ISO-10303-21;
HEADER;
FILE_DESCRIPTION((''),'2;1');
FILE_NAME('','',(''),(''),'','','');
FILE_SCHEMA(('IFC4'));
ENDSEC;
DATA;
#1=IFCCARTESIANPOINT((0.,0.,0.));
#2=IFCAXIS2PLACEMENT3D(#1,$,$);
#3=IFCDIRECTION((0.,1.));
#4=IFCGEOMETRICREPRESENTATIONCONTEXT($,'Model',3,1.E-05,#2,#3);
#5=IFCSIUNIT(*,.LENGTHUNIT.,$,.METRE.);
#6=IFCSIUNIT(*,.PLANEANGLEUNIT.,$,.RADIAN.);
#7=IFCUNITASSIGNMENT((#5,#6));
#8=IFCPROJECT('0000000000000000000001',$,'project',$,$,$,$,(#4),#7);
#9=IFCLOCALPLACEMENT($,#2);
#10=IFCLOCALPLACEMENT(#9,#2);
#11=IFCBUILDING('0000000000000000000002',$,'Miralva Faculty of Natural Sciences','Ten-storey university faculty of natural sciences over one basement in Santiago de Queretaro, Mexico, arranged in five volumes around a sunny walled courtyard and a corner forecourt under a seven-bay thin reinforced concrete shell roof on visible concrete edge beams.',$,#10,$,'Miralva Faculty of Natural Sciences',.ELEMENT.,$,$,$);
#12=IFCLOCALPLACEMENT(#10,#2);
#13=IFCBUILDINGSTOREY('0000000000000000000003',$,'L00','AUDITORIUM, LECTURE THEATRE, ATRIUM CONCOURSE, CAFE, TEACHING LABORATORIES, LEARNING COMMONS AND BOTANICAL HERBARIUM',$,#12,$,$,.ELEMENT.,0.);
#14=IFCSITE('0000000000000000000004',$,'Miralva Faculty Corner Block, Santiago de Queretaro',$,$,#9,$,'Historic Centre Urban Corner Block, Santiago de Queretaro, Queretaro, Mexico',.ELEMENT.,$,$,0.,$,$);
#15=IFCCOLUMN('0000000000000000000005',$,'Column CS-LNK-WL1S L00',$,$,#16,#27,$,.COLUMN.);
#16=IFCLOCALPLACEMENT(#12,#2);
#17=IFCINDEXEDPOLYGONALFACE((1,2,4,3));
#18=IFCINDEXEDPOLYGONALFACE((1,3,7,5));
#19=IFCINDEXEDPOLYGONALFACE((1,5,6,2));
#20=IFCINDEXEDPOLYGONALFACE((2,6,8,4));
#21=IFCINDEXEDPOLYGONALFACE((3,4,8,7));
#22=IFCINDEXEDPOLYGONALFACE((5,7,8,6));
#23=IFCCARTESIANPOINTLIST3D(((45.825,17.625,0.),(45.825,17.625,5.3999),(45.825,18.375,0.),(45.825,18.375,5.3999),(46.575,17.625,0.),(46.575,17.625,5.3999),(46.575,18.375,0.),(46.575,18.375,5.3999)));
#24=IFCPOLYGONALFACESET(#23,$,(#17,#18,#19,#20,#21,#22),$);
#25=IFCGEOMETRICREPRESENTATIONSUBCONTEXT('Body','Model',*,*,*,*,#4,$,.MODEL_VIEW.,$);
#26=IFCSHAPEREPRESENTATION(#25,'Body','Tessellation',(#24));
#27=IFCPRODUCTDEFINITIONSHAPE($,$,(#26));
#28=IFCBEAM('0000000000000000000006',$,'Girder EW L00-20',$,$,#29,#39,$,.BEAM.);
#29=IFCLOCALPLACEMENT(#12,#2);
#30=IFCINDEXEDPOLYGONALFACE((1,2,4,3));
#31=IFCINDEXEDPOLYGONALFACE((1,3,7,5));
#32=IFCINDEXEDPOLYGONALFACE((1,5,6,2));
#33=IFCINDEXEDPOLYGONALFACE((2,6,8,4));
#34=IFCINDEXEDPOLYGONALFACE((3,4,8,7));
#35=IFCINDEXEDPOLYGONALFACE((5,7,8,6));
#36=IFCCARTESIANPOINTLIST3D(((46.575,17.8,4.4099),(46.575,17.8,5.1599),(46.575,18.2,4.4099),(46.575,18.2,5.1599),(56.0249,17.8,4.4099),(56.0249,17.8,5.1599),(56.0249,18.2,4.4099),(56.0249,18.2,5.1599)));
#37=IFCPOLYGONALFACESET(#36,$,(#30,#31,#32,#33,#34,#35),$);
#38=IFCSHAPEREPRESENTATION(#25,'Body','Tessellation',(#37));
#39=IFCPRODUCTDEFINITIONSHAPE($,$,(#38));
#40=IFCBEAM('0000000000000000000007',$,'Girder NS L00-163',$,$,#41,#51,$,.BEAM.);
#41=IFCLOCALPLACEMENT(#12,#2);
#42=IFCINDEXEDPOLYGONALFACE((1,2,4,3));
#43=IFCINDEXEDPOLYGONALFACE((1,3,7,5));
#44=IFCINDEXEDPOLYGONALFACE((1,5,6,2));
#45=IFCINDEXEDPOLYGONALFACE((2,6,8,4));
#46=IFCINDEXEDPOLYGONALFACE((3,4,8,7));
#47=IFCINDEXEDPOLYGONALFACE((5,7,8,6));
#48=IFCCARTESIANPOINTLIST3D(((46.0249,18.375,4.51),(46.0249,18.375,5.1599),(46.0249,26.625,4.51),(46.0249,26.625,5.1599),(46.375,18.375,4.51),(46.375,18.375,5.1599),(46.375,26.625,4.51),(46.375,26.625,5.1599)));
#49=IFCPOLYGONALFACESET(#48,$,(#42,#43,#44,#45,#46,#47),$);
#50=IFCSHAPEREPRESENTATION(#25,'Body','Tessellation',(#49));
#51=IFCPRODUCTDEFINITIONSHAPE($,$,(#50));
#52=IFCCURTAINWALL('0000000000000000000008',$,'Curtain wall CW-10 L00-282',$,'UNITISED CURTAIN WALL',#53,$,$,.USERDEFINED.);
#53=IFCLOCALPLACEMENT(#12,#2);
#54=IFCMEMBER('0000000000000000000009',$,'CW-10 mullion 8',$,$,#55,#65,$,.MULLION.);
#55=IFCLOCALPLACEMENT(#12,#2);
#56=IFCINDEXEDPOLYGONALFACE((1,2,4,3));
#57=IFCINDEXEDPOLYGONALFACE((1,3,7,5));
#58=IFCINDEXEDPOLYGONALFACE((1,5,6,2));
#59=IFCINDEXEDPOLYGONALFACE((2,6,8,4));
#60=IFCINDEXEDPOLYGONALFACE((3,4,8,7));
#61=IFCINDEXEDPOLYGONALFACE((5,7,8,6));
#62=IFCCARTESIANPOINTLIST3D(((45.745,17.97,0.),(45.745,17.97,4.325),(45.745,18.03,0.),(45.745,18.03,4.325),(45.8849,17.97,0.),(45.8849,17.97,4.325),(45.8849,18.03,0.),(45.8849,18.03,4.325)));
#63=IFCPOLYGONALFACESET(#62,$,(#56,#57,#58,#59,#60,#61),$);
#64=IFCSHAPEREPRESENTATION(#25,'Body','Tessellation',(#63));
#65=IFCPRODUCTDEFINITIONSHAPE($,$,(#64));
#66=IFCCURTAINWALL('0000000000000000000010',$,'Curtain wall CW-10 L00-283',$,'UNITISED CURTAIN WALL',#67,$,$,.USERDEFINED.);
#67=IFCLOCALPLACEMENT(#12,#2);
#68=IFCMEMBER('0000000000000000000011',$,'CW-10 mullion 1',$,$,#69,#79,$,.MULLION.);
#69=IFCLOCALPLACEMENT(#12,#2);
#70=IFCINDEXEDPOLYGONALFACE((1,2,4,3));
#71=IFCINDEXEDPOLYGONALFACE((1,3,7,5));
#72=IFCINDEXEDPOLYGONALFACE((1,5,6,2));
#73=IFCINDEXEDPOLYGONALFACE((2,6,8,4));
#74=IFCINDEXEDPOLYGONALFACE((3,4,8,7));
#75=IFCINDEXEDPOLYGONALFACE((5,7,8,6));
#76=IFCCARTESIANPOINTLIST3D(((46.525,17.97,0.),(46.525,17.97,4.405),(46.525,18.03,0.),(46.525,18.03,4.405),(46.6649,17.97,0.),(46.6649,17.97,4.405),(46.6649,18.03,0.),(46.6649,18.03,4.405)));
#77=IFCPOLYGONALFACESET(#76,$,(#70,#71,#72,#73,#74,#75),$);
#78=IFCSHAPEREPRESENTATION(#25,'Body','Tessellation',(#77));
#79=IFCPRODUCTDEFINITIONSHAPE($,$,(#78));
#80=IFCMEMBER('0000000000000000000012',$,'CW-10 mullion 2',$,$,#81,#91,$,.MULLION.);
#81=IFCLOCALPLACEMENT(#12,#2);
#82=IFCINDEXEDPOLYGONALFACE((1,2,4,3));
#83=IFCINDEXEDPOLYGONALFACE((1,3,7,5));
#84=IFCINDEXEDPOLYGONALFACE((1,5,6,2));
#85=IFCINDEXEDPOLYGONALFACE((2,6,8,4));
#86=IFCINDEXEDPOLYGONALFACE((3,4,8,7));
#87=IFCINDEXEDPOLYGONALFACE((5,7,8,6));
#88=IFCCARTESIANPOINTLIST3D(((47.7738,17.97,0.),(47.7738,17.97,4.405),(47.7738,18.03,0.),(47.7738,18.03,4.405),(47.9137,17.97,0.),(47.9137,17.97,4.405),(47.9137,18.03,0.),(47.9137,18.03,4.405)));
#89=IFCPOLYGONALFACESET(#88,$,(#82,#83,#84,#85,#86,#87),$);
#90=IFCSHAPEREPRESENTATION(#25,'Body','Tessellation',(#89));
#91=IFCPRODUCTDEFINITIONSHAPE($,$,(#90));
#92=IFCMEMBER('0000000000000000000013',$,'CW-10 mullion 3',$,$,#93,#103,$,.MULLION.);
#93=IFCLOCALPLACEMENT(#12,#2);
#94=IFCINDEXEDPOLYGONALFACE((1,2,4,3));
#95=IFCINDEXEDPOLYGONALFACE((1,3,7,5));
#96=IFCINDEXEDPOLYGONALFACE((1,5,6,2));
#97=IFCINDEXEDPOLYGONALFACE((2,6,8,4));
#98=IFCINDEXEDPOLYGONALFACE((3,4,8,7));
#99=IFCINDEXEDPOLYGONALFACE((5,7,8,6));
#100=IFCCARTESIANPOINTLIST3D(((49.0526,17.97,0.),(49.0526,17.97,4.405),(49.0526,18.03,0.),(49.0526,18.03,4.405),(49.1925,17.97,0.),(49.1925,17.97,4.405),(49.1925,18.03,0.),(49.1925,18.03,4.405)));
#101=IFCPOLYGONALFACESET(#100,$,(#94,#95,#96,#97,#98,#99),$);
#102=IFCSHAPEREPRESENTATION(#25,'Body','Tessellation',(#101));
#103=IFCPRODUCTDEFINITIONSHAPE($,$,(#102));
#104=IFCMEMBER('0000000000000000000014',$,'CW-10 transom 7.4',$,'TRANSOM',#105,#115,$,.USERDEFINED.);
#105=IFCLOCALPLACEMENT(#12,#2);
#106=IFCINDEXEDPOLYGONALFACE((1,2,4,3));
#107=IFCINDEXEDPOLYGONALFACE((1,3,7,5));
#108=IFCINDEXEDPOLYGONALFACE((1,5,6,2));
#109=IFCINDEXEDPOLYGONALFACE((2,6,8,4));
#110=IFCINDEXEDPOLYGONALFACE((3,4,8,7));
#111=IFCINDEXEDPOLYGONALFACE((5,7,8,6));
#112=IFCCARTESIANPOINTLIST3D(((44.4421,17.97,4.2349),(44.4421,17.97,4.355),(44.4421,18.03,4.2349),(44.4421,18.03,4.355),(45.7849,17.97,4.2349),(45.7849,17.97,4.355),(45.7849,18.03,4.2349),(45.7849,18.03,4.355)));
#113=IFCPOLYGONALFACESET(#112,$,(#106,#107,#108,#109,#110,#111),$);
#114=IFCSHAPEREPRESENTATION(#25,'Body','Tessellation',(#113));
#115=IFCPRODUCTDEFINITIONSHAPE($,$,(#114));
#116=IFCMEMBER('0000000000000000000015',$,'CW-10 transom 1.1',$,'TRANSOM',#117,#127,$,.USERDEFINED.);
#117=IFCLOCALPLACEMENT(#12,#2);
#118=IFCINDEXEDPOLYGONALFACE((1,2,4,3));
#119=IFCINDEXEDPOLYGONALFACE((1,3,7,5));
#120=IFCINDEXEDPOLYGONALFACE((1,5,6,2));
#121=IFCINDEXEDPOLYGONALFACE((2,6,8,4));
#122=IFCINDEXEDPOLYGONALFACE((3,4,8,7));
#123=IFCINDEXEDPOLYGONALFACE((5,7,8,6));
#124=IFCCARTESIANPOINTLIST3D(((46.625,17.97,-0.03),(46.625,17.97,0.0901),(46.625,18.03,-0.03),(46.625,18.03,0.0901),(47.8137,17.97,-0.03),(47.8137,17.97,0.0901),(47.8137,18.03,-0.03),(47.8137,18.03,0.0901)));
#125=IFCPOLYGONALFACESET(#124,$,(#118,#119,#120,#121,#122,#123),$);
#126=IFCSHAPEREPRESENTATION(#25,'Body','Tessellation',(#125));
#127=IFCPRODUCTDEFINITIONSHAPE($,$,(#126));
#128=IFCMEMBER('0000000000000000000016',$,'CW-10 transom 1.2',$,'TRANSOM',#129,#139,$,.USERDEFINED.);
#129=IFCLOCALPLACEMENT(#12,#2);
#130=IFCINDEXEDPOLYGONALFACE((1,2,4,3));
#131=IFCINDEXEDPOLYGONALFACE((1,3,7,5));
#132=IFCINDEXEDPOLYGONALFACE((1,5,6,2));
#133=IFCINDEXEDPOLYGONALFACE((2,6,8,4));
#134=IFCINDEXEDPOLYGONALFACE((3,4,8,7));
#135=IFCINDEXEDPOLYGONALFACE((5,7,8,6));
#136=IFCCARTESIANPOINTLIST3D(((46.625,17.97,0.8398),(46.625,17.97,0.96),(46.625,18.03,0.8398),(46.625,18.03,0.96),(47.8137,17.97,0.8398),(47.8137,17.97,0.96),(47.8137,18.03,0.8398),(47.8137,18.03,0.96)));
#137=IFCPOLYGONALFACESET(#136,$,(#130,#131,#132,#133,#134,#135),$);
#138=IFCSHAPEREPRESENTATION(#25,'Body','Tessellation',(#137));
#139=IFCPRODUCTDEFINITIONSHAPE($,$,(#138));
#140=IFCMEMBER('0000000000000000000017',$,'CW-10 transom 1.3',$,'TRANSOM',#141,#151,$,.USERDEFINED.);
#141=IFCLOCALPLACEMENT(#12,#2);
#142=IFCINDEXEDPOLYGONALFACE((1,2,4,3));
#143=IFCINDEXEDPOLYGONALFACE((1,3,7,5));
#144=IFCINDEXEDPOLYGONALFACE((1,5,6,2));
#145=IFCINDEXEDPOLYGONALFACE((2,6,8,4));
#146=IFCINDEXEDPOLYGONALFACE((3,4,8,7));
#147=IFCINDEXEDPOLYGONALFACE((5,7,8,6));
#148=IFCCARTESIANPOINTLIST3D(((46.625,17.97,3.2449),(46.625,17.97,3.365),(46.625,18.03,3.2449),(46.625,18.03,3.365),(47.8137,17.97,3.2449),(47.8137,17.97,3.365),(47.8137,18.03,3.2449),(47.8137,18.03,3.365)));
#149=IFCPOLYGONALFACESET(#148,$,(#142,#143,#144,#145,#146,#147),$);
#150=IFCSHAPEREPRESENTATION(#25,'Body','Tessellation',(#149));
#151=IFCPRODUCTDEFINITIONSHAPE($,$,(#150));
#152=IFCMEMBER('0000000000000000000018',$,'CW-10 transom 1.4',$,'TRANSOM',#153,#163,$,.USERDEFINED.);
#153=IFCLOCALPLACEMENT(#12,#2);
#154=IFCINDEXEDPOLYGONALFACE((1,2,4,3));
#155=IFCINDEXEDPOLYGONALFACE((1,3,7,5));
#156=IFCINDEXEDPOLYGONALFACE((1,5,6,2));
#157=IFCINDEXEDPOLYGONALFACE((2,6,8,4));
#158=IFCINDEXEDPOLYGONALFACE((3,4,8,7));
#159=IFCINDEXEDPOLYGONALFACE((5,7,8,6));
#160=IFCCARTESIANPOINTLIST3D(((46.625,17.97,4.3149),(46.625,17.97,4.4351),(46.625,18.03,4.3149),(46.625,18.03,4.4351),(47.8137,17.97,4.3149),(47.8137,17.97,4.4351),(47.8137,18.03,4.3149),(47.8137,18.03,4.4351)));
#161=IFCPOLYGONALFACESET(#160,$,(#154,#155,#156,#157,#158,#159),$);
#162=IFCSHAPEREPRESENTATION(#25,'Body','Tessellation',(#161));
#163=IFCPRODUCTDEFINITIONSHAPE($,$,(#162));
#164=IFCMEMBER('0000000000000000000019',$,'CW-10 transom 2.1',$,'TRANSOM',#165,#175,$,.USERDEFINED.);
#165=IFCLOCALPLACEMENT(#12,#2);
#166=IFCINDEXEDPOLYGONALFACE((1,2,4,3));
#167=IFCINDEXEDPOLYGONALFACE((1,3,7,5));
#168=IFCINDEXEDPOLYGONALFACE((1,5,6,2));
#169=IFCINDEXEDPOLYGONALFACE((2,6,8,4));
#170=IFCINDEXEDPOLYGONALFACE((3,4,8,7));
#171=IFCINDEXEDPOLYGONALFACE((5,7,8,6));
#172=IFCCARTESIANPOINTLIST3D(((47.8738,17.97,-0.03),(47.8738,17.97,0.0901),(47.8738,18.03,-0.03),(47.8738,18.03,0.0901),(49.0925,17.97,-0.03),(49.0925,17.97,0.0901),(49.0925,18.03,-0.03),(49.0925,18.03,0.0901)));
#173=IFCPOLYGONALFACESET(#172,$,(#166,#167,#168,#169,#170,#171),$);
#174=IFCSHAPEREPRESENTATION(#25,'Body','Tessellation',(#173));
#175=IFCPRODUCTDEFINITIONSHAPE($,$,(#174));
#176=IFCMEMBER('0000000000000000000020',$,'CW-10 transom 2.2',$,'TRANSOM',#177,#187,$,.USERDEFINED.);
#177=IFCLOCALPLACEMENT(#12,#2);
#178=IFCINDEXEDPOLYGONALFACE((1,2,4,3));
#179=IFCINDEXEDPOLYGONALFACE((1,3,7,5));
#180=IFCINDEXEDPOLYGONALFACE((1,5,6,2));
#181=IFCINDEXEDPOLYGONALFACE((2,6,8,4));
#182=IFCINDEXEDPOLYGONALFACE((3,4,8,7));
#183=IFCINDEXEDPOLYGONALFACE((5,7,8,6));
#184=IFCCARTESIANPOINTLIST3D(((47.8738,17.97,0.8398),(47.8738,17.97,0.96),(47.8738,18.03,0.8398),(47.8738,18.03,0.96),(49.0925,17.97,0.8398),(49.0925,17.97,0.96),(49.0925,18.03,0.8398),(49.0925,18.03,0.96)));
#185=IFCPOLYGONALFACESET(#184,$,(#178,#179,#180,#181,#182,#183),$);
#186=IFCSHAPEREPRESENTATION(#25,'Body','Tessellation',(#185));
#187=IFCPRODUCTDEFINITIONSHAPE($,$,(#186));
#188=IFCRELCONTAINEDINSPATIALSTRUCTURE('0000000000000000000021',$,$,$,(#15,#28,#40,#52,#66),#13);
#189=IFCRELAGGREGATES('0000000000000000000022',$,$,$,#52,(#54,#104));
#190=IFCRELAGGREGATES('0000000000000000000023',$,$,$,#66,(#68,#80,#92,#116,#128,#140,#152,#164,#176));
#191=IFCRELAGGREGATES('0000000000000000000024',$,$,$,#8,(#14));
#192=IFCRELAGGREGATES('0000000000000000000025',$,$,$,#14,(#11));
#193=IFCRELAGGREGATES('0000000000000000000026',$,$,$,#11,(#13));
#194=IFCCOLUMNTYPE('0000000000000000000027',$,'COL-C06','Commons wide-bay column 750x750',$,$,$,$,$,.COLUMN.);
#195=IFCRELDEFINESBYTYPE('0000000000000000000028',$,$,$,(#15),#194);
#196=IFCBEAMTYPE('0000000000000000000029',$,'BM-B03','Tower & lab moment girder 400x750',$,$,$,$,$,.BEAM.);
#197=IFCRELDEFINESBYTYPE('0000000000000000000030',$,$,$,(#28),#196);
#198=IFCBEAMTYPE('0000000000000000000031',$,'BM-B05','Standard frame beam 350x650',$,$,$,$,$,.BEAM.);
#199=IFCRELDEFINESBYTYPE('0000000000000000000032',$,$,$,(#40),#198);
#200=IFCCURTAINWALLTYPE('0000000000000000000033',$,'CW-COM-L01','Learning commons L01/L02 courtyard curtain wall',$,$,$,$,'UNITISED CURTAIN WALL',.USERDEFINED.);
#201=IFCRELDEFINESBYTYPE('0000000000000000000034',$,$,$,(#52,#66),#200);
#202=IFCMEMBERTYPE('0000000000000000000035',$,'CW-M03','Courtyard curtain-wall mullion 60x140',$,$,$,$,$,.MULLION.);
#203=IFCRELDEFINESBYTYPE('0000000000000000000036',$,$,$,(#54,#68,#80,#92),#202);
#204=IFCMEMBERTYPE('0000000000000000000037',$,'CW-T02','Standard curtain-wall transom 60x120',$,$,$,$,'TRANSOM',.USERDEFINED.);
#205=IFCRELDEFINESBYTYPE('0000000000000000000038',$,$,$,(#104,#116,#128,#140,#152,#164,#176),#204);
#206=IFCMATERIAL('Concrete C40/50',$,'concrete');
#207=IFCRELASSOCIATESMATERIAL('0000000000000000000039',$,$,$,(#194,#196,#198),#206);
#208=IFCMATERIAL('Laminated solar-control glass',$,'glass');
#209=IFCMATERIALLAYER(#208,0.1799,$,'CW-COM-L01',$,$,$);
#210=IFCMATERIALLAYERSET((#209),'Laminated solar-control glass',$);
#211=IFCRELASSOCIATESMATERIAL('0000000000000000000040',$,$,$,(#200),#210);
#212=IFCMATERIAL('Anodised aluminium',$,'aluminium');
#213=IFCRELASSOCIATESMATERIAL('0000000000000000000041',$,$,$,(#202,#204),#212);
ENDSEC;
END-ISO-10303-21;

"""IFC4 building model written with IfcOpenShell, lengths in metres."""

from ifc_helpers import new_model, si_unit, direction, frame, origin, origin_2d, place, context, subcontext, project, spatial, rectangle, extrude, material, layer, layer_set, material_profile, profile_set, type_object, element, aggregate, save


model = new_model("IFC4")

# Units and contexts
model_context = context("Model", 3, precision=1e-05, world=origin(), true_north=direction((0.0, 1.0)))
body_context = subcontext(model_context, "Body", "Model", "MODEL_VIEW")
ifc_project = project(units=[si_unit("LENGTHUNIT", "METRE"), si_unit("PLANEANGLEUNIT", "RADIAN")], contexts=[model_context])

# Site, building, storey
site_placement = place(None, origin())
site = spatial("IfcSite", under=ifc_project, at=site_placement, Name="Miralva Faculty Corner Block, Santiago de Queretaro", LongName="Historic Centre Urban Corner Block, Santiago de Queretaro, Queretaro, Mexico", CompositionType="ELEMENT", RefElevation=0.0)
building_placement = place(site_placement, origin())
building = spatial("IfcBuilding", under=site, at=building_placement, Name="Miralva Faculty of Natural Sciences", Description="Ten-storey university faculty of natural sciences over one basement in Santiago de Queretaro, Mexico, arranged in five volumes around a sunny walled courtyard and a corner forecourt under a seven-bay thin reinforced concrete shell roof on visible concrete edge beams.", LongName="Miralva Faculty of Natural Sciences", CompositionType="ELEMENT")
storey_placement = place(building_placement, origin())
storey = spatial("IfcBuildingStorey", under=building, at=storey_placement, Name="L00", Description="AUDITORIUM, LECTURE THEATRE, ATRIUM CONCOURSE, CAFE, TEACHING LABORATORIES, LEARNING COMMONS AND BOTANICAL HERBARIUM", CompositionType="ELEMENT", Elevation=0.0)

# Column
ifc_material_1 = material(Name="Concrete C40/50", Category="concrete")
ifc_material_profile_1 = material_profile(ifc_material_1, rectangle(XDim=0.75, YDim=0.75, at=origin_2d()), Name="RC 750x750")
ifc_profile_set_1 = profile_set([ifc_material_profile_1], Name="Concrete C40/50")
column_type = type_object("IfcColumnType", Name="COL-C06", Description="Commons wide-bay column 750x750", PredefinedType="COLUMN", material=ifc_profile_set_1)
column_placement = place(storey_placement, frame((46.2, 18.0, 0.0), z_axis=(0.0, 0.0, 1.0), x_axis=(1.0, 0.0, 0.0)))
element("IfcColumn", 1, at=column_placement, inside=storey, type_object=column_type, Name="Column CS-LNK-WL1S L00", PredefinedType="COLUMN", context=body_context, shape_type="SweptSolid", body=[
    extrude(rectangle(XDim=0.75, YDim=0.75, at=origin_2d()), origin(), (0.0, 0.0, 1.0), 5.3999),
])

# Beams
ifc_material_profile_2 = material_profile(ifc_material_1, rectangle(XDim=0.3999, YDim=0.75, at=origin_2d()), Name="RC 400x750")
ifc_profile_set_2 = profile_set([ifc_material_profile_2], Name="Concrete C40/50")
beam_type_1 = type_object("IfcBeamType", Name="BM-B03", Description="Tower & lab moment girder 400x750", PredefinedType="BEAM", material=ifc_profile_set_2)
beam_1_placement = place(storey_placement, frame((46.575, 18.0, 4.7849), z_axis=(1.0, 0.0, 0.0), x_axis=(0.0, 1.0, 0.0)))
element("IfcBeam", 2, at=beam_1_placement, inside=storey, type_object=beam_type_1, Name="Girder EW L00-20", PredefinedType="BEAM", context=body_context, shape_type="SweptSolid", body=[
    extrude(rectangle(XDim=0.3999, YDim=0.75, at=origin_2d()), origin(), (0.0, 0.0, 1.0), 9.45),
])
ifc_material_profile_3 = material_profile(ifc_material_1, rectangle(XDim=0.3501, YDim=0.6499, at=origin_2d()), Name="RC 350x650")
ifc_profile_set_3 = profile_set([ifc_material_profile_3], Name="Concrete C40/50")
beam_type_2 = type_object("IfcBeamType", Name="BM-B05", Description="Standard frame beam 350x650", PredefinedType="BEAM", material=ifc_profile_set_3)
beam_2_placement = place(storey_placement, frame((46.2, 18.375, 4.835), z_axis=(0.0, 1.0, 0.0), x_axis=(-1.0, 0.0, 0.0)))
element("IfcBeam", 3, at=beam_2_placement, inside=storey, type_object=beam_type_2, Name="Girder NS L00-163", PredefinedType="BEAM", context=body_context, shape_type="SweptSolid", body=[
    extrude(rectangle(XDim=0.3501, YDim=0.6499, at=origin_2d()), origin(), (0.0, 0.0, 1.0), 8.25),
])

# Curtain wall, member
ifc_material_2 = material(Name="Laminated solar-control glass", Category="glass")
ifc_layer_1 = layer(ifc_material_2, 0.1799, Name="CW-COM-L01")
ifc_layer_set_1 = layer_set([ifc_layer_1], Name="Laminated solar-control glass")
curtain_wall_type = type_object("IfcCurtainWallType", Name="CW-COM-L01", Description="Learning commons L01/L02 courtyard curtain wall", ElementType="UNITISED CURTAIN WALL", PredefinedType="USERDEFINED", material=ifc_layer_set_1)
curtain_wall_1_placement = place(storey_placement, origin())
curtain_wall_1 = element("IfcCurtainWall", 4, at=curtain_wall_1_placement, inside=storey, type_object=curtain_wall_type, Name="Curtain wall CW-10 L00-282", ObjectType="UNITISED CURTAIN WALL", PredefinedType="USERDEFINED")
ifc_material_3 = material(Name="Anodised aluminium", Category="aluminium")
ifc_material_profile_4 = material_profile(ifc_material_3, rectangle(XDim=0.0601, YDim=0.1399, at=origin_2d()), Name="MULLION 60x140")
ifc_profile_set_4 = profile_set([ifc_material_profile_4], Name="Anodised aluminium")
member_type_1 = type_object("IfcMemberType", Name="CW-M03", Description="Courtyard curtain-wall mullion 60x140", PredefinedType="MULLION", material=ifc_profile_set_4)
member_1_placement = place(storey_placement, frame((45.8149, 18.0, 0.0), z_axis=(0.0, 0.0, 1.0), x_axis=(0.0, 1.0, 0.0)))
member_1 = element("IfcMember", 5, at=member_1_placement, type_object=member_type_1, Name="CW-10 mullion 8", PredefinedType="MULLION", context=body_context, shape_type="SweptSolid", body=[
    extrude(rectangle(XDim=0.0601, YDim=0.1399, at=origin_2d()), origin(), (0.0, 0.0, 1.0), 4.325),
])

# Curtain wall, members
curtain_wall_2_placement = place(storey_placement, origin())
curtain_wall_2 = element("IfcCurtainWall", 6, at=curtain_wall_2_placement, inside=storey, type_object=curtain_wall_type, Name="Curtain wall CW-10 L00-283", ObjectType="UNITISED CURTAIN WALL", PredefinedType="USERDEFINED")
member_2_placement = place(storey_placement, frame((46.595, 18.0, 0.0), z_axis=(0.0, 0.0, 1.0), x_axis=(0.0, 1.0, 0.0)))
member_2 = element("IfcMember", 7, at=member_2_placement, type_object=member_type_1, Name="CW-10 mullion 1", PredefinedType="MULLION", context=body_context, shape_type="SweptSolid", body=[
    extrude(rectangle(XDim=0.0601, YDim=0.1399, at=origin_2d()), origin(), (0.0, 0.0, 1.0), 4.405),
])
member_3_placement = place(storey_placement, frame((47.8438, 18.0, 0.0), z_axis=(0.0, 0.0, 1.0), x_axis=(0.0, 1.0, 0.0)))
member_3 = element("IfcMember", 8, at=member_3_placement, type_object=member_type_1, Name="CW-10 mullion 2", PredefinedType="MULLION", context=body_context, shape_type="SweptSolid", body=[
    extrude(rectangle(XDim=0.0601, YDim=0.1399, at=origin_2d()), origin(), (0.0, 0.0, 1.0), 4.405),
])
member_4_placement = place(storey_placement, frame((49.1226, 18.0, 0.0), z_axis=(0.0, 0.0, 1.0), x_axis=(0.0, 1.0, 0.0)))
member_4 = element("IfcMember", 9, at=member_4_placement, type_object=member_type_1, Name="CW-10 mullion 3", PredefinedType="MULLION", context=body_context, shape_type="SweptSolid", body=[
    extrude(rectangle(XDim=0.0601, YDim=0.1399, at=origin_2d()), origin(), (0.0, 0.0, 1.0), 4.405),
])

# Members
ifc_material_profile_5 = material_profile(ifc_material_3, rectangle(XDim=0.0601, YDim=0.1201, at=origin_2d()), Name="TRANSOM 60x120")
ifc_profile_set_5 = profile_set([ifc_material_profile_5], Name="Anodised aluminium")
member_type_2 = type_object("IfcMemberType", Name="CW-T02", Description="Standard curtain-wall transom 60x120", ElementType="TRANSOM", PredefinedType="USERDEFINED", material=ifc_profile_set_5)
member_5_placement = place(storey_placement, frame((44.4421, 18.0, 4.2949), z_axis=(1.0, 0.0, 0.0), x_axis=(0.0, 1.0, 0.0)))
member_5 = element("IfcMember", 10, at=member_5_placement, type_object=member_type_2, Name="CW-10 transom 7.4", ObjectType="TRANSOM", PredefinedType="USERDEFINED", context=body_context, shape_type="SweptSolid", body=[
    extrude(rectangle(XDim=0.0601, YDim=0.1201, at=origin_2d()), origin(), (0.0, 0.0, 1.0), 1.3428),
])
member_6_placement = place(storey_placement, frame((46.625, 18.0, 0.03), z_axis=(1.0, 0.0, 0.0), x_axis=(0.0, 1.0, 0.0)))
member_6 = element("IfcMember", 11, at=member_6_placement, type_object=member_type_2, Name="CW-10 transom 1.1", ObjectType="TRANSOM", PredefinedType="USERDEFINED", context=body_context, shape_type="SweptSolid", body=[
    extrude(rectangle(XDim=0.0601, YDim=0.1201, at=origin_2d()), origin(), (0.0, 0.0, 1.0), 1.1887),
])
member_7_placement = place(storey_placement, frame((46.625, 18.0, 0.8999), z_axis=(1.0, 0.0, 0.0), x_axis=(0.0, 1.0, 0.0)))
member_7 = element("IfcMember", 12, at=member_7_placement, type_object=member_type_2, Name="CW-10 transom 1.2", ObjectType="TRANSOM", PredefinedType="USERDEFINED", context=body_context, shape_type="SweptSolid", body=[
    extrude(rectangle(XDim=0.0601, YDim=0.1201, at=origin_2d()), origin(), (0.0, 0.0, 1.0), 1.1887),
])
member_8_placement = place(storey_placement, frame((46.625, 18.0, 3.3049), z_axis=(1.0, 0.0, 0.0), x_axis=(0.0, 1.0, 0.0)))
member_8 = element("IfcMember", 13, at=member_8_placement, type_object=member_type_2, Name="CW-10 transom 1.3", ObjectType="TRANSOM", PredefinedType="USERDEFINED", context=body_context, shape_type="SweptSolid", body=[
    extrude(rectangle(XDim=0.0601, YDim=0.1201, at=origin_2d()), origin(), (0.0, 0.0, 1.0), 1.1887),
])
member_9_placement = place(storey_placement, frame((46.625, 18.0, 4.375), z_axis=(1.0, 0.0, 0.0), x_axis=(0.0, 1.0, 0.0)))
member_9 = element("IfcMember", 14, at=member_9_placement, type_object=member_type_2, Name="CW-10 transom 1.4", ObjectType="TRANSOM", PredefinedType="USERDEFINED", context=body_context, shape_type="SweptSolid", body=[
    extrude(rectangle(XDim=0.0601, YDim=0.1201, at=origin_2d()), origin(), (0.0, 0.0, 1.0), 1.1887),
])
member_10_placement = place(storey_placement, frame((47.8738, 18.0, 0.03), z_axis=(1.0, 0.0, 0.0), x_axis=(0.0, 1.0, 0.0)))
member_10 = element("IfcMember", 15, at=member_10_placement, type_object=member_type_2, Name="CW-10 transom 2.1", ObjectType="TRANSOM", PredefinedType="USERDEFINED", context=body_context, shape_type="SweptSolid", body=[
    extrude(rectangle(XDim=0.0601, YDim=0.1201, at=origin_2d()), origin(), (0.0, 0.0, 1.0), 1.2188),
])
member_11_placement = place(storey_placement, frame((47.8738, 18.0, 0.8999), z_axis=(1.0, 0.0, 0.0), x_axis=(0.0, 1.0, 0.0)))
member_11 = element("IfcMember", 16, at=member_11_placement, type_object=member_type_2, Name="CW-10 transom 2.2", ObjectType="TRANSOM", PredefinedType="USERDEFINED", context=body_context, shape_type="SweptSolid", body=[
    extrude(rectangle(XDim=0.0601, YDim=0.1201, at=origin_2d()), origin(), (0.0, 0.0, 1.0), 1.2188),
])

aggregate(curtain_wall_1, [member_1, member_5])
aggregate(curtain_wall_2, [member_2, member_3, member_4, member_6, member_7, member_8, member_9, member_10, member_11])

save(model, "model.ifc")
